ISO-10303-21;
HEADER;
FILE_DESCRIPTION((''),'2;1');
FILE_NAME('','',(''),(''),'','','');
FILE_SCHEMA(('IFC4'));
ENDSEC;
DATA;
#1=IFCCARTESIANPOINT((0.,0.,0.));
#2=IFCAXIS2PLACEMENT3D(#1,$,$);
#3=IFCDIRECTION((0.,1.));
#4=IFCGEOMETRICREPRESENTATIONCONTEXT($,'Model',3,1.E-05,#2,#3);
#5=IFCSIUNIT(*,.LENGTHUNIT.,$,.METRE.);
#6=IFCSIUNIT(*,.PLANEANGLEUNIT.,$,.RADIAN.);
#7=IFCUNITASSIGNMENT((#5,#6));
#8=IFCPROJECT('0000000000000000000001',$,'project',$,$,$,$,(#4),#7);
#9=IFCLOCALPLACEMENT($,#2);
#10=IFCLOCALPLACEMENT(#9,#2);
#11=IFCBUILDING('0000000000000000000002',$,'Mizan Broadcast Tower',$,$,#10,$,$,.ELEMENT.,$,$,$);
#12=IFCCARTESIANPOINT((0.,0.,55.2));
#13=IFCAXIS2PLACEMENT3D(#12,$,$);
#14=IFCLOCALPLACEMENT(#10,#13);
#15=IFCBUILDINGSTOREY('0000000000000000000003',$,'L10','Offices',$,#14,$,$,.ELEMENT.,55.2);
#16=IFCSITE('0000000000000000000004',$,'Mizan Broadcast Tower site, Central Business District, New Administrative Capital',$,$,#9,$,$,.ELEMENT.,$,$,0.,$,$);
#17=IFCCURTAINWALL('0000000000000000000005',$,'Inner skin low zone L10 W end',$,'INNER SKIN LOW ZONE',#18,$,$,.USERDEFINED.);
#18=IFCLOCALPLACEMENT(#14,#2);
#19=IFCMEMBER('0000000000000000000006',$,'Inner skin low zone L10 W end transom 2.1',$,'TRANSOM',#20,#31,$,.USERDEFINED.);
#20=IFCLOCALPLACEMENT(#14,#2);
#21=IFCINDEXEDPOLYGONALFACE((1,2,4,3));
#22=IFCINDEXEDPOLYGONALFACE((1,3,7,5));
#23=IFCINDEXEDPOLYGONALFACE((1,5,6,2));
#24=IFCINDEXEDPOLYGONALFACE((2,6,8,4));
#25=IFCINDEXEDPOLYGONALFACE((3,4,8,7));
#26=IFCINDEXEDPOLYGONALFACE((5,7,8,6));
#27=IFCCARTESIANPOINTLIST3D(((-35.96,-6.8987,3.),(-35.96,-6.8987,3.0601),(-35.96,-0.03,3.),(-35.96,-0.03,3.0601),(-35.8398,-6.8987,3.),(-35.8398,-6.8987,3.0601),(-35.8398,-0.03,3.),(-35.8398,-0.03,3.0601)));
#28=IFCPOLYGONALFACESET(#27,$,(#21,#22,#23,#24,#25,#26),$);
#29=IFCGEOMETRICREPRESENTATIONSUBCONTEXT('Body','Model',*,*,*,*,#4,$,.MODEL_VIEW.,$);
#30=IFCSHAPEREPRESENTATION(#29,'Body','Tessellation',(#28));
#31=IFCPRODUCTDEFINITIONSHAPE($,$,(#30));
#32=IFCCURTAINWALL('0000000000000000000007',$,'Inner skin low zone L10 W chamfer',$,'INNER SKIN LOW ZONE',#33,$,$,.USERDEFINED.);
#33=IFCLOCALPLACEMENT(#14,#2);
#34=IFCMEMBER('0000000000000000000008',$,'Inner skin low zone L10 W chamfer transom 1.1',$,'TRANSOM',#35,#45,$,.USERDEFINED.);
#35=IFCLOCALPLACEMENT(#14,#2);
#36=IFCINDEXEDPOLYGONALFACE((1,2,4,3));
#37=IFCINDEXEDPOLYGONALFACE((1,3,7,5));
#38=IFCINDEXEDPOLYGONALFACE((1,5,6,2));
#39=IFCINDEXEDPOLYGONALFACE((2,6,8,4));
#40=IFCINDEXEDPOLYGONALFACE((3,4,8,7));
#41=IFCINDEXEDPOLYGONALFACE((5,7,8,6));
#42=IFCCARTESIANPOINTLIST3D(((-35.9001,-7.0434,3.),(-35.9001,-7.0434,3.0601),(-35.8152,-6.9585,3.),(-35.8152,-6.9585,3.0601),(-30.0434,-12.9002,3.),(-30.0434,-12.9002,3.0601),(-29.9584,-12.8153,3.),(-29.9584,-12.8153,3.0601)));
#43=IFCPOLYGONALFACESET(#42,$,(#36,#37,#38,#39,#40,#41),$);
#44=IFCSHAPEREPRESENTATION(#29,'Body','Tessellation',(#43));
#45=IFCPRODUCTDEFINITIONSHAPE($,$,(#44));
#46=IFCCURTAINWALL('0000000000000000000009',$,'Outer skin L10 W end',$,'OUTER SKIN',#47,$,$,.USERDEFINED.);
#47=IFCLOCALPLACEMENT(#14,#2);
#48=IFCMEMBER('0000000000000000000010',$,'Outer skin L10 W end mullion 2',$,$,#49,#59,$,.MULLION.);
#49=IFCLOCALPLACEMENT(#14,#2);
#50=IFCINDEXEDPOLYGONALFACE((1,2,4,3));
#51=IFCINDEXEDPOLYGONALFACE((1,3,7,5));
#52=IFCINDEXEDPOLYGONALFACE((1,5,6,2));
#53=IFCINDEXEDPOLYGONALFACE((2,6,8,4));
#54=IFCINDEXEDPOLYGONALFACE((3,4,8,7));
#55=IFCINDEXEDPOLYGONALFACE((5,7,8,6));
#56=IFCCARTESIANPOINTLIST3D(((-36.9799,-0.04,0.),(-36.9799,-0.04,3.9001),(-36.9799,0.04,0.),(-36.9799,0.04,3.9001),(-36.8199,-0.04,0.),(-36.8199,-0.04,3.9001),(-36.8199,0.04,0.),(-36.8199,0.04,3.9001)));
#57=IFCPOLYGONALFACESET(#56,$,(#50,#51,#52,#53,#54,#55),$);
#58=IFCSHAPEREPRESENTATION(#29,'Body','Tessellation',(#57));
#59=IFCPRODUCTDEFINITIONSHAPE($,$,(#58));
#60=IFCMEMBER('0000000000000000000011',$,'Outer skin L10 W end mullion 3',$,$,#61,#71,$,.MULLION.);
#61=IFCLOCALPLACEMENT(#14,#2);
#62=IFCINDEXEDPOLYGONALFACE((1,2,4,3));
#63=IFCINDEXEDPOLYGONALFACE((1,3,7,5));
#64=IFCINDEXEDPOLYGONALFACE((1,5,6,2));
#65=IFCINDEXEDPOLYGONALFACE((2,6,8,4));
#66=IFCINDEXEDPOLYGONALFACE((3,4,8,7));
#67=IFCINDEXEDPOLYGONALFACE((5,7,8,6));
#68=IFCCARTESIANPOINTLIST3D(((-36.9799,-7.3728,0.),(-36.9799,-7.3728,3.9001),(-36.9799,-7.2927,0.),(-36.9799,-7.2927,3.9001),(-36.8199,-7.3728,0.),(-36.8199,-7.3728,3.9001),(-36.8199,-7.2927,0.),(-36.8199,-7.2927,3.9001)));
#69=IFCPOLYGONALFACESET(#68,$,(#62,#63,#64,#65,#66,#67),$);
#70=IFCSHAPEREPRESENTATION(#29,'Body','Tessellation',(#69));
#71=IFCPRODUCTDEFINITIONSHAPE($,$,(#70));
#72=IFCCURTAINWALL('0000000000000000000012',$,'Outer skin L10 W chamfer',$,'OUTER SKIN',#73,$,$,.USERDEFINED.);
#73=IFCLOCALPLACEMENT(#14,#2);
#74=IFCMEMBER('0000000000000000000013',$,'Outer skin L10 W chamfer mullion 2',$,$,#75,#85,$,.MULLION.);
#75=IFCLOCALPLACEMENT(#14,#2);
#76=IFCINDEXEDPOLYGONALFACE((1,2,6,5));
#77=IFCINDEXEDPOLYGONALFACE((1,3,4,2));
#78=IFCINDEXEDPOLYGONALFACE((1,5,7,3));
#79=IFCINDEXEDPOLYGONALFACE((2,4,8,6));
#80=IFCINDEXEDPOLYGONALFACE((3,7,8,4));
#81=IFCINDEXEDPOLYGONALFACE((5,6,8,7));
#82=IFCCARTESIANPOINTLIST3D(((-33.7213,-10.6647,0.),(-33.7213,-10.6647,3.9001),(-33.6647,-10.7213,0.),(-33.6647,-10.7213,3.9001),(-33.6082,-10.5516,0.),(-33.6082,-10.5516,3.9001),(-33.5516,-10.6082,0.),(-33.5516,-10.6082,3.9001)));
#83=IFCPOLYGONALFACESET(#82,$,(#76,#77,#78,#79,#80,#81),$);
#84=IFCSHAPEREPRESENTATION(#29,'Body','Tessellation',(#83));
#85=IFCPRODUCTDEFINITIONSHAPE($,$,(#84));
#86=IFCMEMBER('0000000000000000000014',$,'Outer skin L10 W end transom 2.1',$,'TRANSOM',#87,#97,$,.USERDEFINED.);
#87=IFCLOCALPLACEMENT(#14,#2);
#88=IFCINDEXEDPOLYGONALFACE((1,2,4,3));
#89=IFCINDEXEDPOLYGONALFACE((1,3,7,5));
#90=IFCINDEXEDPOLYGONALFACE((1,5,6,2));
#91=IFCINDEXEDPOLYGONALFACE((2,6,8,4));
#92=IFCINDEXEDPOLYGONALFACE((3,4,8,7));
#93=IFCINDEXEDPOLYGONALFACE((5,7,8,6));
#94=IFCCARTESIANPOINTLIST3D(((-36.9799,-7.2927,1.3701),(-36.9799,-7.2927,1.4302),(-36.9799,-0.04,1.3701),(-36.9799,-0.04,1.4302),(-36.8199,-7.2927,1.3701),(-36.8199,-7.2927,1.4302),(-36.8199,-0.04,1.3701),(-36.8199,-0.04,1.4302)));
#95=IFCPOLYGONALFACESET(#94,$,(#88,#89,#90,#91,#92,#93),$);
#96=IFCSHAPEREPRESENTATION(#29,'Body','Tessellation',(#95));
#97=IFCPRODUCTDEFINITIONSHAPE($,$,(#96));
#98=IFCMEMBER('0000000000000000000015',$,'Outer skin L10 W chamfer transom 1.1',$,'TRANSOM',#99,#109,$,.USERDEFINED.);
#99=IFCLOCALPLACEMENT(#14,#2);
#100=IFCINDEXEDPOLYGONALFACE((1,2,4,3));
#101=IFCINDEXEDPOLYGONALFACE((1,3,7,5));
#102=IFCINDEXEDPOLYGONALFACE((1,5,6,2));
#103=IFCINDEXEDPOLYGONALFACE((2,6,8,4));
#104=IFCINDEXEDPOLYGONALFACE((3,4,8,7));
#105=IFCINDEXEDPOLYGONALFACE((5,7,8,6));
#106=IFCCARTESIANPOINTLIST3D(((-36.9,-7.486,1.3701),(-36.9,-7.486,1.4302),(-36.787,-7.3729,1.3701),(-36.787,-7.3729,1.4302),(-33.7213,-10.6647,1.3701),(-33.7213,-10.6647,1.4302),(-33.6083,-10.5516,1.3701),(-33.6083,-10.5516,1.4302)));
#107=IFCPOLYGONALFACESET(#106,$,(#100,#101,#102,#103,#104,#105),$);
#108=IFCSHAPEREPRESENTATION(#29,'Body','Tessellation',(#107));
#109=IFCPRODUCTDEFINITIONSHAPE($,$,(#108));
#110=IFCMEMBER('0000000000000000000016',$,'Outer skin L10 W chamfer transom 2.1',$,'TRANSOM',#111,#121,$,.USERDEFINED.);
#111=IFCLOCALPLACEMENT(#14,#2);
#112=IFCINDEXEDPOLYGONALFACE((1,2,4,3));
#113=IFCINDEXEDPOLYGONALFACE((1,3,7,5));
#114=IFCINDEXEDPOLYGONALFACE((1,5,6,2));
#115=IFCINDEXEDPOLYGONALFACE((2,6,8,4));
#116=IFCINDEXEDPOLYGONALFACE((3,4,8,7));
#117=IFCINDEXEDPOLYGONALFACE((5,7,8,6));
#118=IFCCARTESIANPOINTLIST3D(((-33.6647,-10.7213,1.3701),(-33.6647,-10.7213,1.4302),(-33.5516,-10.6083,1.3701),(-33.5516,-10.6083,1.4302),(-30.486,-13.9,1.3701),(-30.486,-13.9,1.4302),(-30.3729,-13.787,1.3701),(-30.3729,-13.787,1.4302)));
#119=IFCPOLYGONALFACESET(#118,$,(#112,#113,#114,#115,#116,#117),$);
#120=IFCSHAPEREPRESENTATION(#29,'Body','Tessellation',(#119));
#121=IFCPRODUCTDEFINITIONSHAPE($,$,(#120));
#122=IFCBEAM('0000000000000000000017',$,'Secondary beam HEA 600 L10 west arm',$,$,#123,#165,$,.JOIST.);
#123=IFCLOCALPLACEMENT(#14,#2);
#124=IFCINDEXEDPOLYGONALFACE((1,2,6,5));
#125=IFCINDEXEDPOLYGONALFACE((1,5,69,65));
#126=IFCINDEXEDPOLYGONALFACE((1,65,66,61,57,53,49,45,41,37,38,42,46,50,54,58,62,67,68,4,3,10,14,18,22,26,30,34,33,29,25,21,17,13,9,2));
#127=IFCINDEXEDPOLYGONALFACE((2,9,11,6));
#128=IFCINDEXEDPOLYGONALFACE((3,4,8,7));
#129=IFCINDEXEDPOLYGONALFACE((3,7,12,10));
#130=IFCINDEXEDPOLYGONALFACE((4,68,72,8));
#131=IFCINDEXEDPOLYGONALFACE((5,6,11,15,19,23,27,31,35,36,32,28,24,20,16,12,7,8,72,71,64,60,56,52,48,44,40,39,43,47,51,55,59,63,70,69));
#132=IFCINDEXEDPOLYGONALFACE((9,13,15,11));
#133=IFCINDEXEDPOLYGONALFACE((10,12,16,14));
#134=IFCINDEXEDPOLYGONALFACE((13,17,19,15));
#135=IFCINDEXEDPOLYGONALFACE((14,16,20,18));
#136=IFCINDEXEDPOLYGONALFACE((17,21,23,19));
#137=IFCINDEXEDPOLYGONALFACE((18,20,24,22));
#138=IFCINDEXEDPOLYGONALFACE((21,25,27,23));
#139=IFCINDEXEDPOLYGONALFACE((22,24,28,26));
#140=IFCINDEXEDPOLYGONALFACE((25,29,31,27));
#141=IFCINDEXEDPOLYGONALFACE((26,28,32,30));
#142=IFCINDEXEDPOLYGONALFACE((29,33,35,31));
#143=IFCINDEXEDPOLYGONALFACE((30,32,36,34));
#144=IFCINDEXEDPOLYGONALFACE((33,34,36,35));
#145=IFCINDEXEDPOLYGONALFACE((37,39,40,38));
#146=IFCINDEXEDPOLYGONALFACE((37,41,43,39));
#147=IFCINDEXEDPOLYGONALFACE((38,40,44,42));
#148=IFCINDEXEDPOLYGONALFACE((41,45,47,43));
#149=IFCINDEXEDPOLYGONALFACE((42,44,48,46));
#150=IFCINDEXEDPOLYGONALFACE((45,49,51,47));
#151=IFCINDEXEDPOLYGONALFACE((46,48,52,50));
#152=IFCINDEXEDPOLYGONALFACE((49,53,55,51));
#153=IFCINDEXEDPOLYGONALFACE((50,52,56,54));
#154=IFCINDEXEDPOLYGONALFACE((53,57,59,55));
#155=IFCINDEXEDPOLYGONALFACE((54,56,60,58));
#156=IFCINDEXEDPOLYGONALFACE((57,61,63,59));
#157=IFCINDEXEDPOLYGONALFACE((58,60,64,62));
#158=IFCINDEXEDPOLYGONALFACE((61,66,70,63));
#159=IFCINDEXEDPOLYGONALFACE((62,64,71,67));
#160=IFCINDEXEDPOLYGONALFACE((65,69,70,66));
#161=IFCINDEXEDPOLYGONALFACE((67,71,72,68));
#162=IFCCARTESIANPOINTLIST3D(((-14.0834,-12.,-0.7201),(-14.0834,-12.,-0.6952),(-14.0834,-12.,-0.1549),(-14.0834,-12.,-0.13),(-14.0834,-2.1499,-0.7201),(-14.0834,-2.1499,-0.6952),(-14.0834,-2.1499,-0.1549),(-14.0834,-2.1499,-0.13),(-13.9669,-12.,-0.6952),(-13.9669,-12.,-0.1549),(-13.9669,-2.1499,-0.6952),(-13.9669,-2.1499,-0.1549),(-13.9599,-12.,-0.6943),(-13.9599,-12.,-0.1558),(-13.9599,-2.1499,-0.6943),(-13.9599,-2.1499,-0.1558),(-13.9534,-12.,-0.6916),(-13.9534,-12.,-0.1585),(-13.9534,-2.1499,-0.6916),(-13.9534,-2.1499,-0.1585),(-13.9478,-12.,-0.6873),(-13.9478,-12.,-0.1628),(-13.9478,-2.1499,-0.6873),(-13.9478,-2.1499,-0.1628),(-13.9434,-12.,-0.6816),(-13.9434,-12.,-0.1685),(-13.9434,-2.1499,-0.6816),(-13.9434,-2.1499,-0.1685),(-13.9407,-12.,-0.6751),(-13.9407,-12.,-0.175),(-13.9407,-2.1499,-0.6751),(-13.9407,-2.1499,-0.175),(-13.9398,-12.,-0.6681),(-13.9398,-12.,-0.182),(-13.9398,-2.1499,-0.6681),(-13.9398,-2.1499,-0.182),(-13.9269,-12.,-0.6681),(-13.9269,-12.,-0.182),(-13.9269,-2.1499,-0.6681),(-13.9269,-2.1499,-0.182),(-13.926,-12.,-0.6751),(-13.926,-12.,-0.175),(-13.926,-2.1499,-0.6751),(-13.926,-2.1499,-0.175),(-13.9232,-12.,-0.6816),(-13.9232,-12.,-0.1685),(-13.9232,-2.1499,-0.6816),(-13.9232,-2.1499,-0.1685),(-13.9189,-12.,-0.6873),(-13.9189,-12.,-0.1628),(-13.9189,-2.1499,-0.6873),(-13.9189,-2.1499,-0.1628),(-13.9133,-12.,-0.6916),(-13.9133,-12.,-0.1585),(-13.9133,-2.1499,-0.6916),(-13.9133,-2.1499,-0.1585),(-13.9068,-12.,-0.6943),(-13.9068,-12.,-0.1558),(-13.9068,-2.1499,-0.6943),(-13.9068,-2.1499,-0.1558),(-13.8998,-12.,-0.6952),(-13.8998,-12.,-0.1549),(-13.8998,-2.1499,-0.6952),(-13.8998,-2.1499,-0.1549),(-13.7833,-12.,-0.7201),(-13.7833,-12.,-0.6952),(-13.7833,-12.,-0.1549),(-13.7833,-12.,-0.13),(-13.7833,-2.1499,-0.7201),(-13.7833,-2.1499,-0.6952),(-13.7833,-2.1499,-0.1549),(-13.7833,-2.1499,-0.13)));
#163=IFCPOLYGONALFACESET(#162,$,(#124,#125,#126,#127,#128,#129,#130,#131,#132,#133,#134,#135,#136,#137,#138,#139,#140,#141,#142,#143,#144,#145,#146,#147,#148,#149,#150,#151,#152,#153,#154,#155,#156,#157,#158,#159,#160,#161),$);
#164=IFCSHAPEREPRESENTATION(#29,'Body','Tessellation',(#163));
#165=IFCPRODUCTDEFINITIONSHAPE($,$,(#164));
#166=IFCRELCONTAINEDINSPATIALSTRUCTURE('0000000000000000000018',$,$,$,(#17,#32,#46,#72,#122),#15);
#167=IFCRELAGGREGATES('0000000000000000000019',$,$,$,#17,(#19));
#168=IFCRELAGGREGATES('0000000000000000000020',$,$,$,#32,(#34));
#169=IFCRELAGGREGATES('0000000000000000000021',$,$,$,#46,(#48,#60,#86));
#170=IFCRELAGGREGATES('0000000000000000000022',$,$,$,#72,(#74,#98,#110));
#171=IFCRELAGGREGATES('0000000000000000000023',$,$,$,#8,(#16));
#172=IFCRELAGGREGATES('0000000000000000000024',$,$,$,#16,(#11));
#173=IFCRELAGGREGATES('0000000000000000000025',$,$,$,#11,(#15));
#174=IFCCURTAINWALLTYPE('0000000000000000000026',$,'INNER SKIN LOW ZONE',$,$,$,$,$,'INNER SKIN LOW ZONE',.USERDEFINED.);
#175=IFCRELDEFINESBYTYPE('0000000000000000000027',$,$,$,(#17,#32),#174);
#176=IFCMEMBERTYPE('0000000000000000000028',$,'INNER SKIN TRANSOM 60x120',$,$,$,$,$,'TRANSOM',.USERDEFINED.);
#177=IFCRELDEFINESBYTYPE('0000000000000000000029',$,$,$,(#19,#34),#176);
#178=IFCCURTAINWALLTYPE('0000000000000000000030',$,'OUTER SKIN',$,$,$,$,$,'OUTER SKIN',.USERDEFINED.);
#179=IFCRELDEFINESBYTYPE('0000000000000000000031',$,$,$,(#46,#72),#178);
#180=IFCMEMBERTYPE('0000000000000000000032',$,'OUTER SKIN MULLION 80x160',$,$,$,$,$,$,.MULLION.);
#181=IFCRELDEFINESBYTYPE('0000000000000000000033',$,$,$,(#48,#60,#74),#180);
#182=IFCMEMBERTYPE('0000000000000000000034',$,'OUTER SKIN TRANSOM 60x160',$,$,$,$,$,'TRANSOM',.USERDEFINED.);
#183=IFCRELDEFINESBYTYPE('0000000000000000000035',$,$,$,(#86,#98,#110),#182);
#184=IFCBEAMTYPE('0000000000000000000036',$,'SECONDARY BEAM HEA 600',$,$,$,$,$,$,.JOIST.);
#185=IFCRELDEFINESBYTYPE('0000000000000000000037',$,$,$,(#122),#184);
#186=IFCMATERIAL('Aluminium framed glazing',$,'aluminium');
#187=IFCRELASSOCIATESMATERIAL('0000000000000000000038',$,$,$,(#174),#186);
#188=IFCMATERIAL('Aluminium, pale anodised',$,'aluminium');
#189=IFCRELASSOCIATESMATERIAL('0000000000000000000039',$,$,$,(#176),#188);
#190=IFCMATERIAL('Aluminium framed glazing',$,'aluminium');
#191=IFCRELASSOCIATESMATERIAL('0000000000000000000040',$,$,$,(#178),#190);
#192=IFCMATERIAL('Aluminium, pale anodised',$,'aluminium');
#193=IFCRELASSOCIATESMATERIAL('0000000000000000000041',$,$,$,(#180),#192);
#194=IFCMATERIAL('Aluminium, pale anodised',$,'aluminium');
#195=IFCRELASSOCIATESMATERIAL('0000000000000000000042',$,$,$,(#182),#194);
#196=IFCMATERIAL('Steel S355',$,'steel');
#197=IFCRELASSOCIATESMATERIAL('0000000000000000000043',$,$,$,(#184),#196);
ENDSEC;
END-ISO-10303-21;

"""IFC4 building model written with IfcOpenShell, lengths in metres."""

from ifc_helpers import new_model, si_unit, direction, frame, origin, origin_2d, place, context, subcontext, project, spatial, rectangle, i_section, extrude, material, material_profile, profile_set, type_object, element, aggregate, save


model = new_model("IFC4")

# Units and contexts
model_context = context("Model", 3, precision=1e-05, world=origin(), true_north=direction((0.0, 1.0)))
body_context = subcontext(model_context, "Body", "Model", "MODEL_VIEW")
ifc_project = project(units=[si_unit("LENGTHUNIT", "METRE"), si_unit("PLANEANGLEUNIT", "RADIAN")], contexts=[model_context])

# Site, building, storey
site_placement = place(None, origin())
site = spatial("IfcSite", under=ifc_project, at=site_placement, Name="Mizan Broadcast Tower site, Central Business District, New Administrative Capital", CompositionType="ELEMENT", RefElevation=0.0)
building_placement = place(site_placement, origin())
building = spatial("IfcBuilding", under=site, at=building_placement, Name="Mizan Broadcast Tower", CompositionType="ELEMENT")
storey_placement = place(building_placement, frame((0.0, 0.0, 55.2)))
storey = spatial("IfcBuildingStorey", under=building, at=storey_placement, Name="L10", Description="Offices", CompositionType="ELEMENT", Elevation=55.2)

# Curtain wall, member
ifc_material_1 = material(Name="Aluminium framed glazing", Category="aluminium")
curtain_wall_type_1 = type_object("IfcCurtainWallType", Name="INNER SKIN LOW ZONE", ElementType="INNER SKIN LOW ZONE", PredefinedType="USERDEFINED", material=ifc_material_1)
curtain_wall_1_placement = place(storey_placement, origin())
curtain_wall_1 = element("IfcCurtainWall", 1, at=curtain_wall_1_placement, inside=storey, type_object=curtain_wall_type_1, Name="Inner skin low zone L10 W end", ObjectType="INNER SKIN LOW ZONE", PredefinedType="USERDEFINED")
ifc_material_2 = material(Name="Aluminium, pale anodised", Category="aluminium")
ifc_material_profile_1 = material_profile(ifc_material_2, rectangle(XDim=0.1201, YDim=0.0601, at=origin_2d()), Name="TRANSOM 120x60")
ifc_profile_set_1 = profile_set([ifc_material_profile_1], Name="Aluminium, pale anodised")
member_type_1 = type_object("IfcMemberType", Name="INNER SKIN TRANSOM 60x120", ElementType="TRANSOM", PredefinedType="USERDEFINED", material=ifc_profile_set_1)
member_1_placement = place(storey_placement, frame((-35.8999, -0.03, 3.03), z_axis=(0.0, -1.0, 0.0), x_axis=(1.0, 0.0, 0.0)))
member_1 = element("IfcMember", 2, at=member_1_placement, type_object=member_type_1, Name="Inner skin low zone L10 W end transom 2.1", ObjectType="TRANSOM", PredefinedType="USERDEFINED", context=body_context, shape_type="SweptSolid", body=[
    extrude(rectangle(XDim=0.1201, YDim=0.0601, at=origin_2d()), origin(), (0.0, 0.0, 1.0), 6.8687),
])

# Curtain wall, member
curtain_wall_2_placement = place(storey_placement, origin())
curtain_wall_2 = element("IfcCurtainWall", 3, at=curtain_wall_2_placement, inside=storey, type_object=curtain_wall_type_1, Name="Inner skin low zone L10 W chamfer", ObjectType="INNER SKIN LOW ZONE", PredefinedType="USERDEFINED")
member_2_placement = place(storey_placement, frame((-35.8577, -7.001, 3.03), z_axis=(0.707107, -0.707107, 0.0), x_axis=(0.707107, 0.707107, 0.0)))
member_2 = element("IfcMember", 4, at=member_2_placement, type_object=member_type_1, Name="Inner skin low zone L10 W chamfer transom 1.1", ObjectType="TRANSOM", PredefinedType="USERDEFINED", context=body_context, shape_type="SweptSolid", body=[
    extrude(rectangle(XDim=0.1201, YDim=0.0601, at=origin_2d()), origin(), (0.0, 0.0, 1.0), 8.2827),
])

# Curtain wall, members
ifc_material_3 = material(Name="Aluminium framed glazing", Category="aluminium")
curtain_wall_type_2 = type_object("IfcCurtainWallType", Name="OUTER SKIN", ElementType="OUTER SKIN", PredefinedType="USERDEFINED", material=ifc_material_3)
curtain_wall_3_placement = place(storey_placement, origin())
curtain_wall_3 = element("IfcCurtainWall", 5, at=curtain_wall_3_placement, inside=storey, type_object=curtain_wall_type_2, Name="Outer skin L10 W end", ObjectType="OUTER SKIN", PredefinedType="USERDEFINED")
ifc_material_4 = material(Name="Aluminium, pale anodised", Category="aluminium")
ifc_material_profile_2 = material_profile(ifc_material_4, rectangle(XDim=0.1599, YDim=0.0801, at=origin_2d()), Name="MULLION 160x80")
ifc_profile_set_2 = profile_set([ifc_material_profile_2], Name="Aluminium, pale anodised")
member_type_2 = type_object("IfcMemberType", Name="OUTER SKIN MULLION 80x160", PredefinedType="MULLION", material=ifc_profile_set_2)
member_3_placement = place(storey_placement, frame((-36.8999, 0.0, 0.0), z_axis=(0.0, 0.0, 1.0), x_axis=(1.0, 0.0, 0.0)))
member_3 = element("IfcMember", 6, at=member_3_placement, type_object=member_type_2, Name="Outer skin L10 W end mullion 2", PredefinedType="MULLION", context=body_context, shape_type="SweptSolid", body=[
    extrude(rectangle(XDim=0.1599, YDim=0.0801, at=origin_2d()), origin(), (0.0, 0.0, 1.0), 3.9001),
])
member_4_placement = place(storey_placement, frame((-36.8999, -7.3328, 0.0), z_axis=(0.0, 0.0, 1.0), x_axis=(1.0, 0.0, 0.0)))
member_4 = element("IfcMember", 7, at=member_4_placement, type_object=member_type_2, Name="Outer skin L10 W end mullion 3", PredefinedType="MULLION", context=body_context, shape_type="SweptSolid", body=[
    extrude(rectangle(XDim=0.1599, YDim=0.0801, at=origin_2d()), origin(), (0.0, 0.0, 1.0), 3.9001),
])

# Curtain wall, member
curtain_wall_4_placement = place(storey_placement, origin())
curtain_wall_4 = element("IfcCurtainWall", 8, at=curtain_wall_4_placement, inside=storey, type_object=curtain_wall_type_2, Name="Outer skin L10 W chamfer", ObjectType="OUTER SKIN", PredefinedType="USERDEFINED")
member_5_placement = place(storey_placement, frame((-33.6365, -10.6365, 0.0), z_axis=(0.0, 0.0, 1.0), x_axis=(0.707107, 0.707107, 0.0)))
member_5 = element("IfcMember", 9, at=member_5_placement, type_object=member_type_2, Name="Outer skin L10 W chamfer mullion 2", PredefinedType="MULLION", context=body_context, shape_type="SweptSolid", body=[
    extrude(rectangle(XDim=0.1599, YDim=0.0801, at=origin_2d()), origin(), (0.0, 0.0, 1.0), 3.9001),
])

# Members
ifc_material_5 = material(Name="Aluminium, pale anodised", Category="aluminium")
ifc_material_profile_3 = material_profile(ifc_material_5, rectangle(XDim=0.1599, YDim=0.0601, at=origin_2d()), Name="TRANSOM 160x60")
ifc_profile_set_3 = profile_set([ifc_material_profile_3], Name="Aluminium, pale anodised")
member_type_3 = type_object("IfcMemberType", Name="OUTER SKIN TRANSOM 60x160", ElementType="TRANSOM", PredefinedType="USERDEFINED", material=ifc_profile_set_3)
member_6_placement = place(storey_placement, frame((-36.8999, -0.04, 1.4001), z_axis=(0.0, -1.0, 0.0), x_axis=(1.0, 0.0, 0.0)))
member_6 = element("IfcMember", 10, at=member_6_placement, type_object=member_type_3, Name="Outer skin L10 W end transom 2.1", ObjectType="TRANSOM", PredefinedType="USERDEFINED", context=body_context, shape_type="SweptSolid", body=[
    extrude(rectangle(XDim=0.1599, YDim=0.0601, at=origin_2d()), origin(), (0.0, 0.0, 1.0), 7.2527),
])
member_7_placement = place(storey_placement, frame((-36.8435, -7.4294, 1.4001), z_axis=(0.707107, -0.707107, 0.0), x_axis=(0.707107, 0.707107, 0.0)))
member_7 = element("IfcMember", 11, at=member_7_placement, type_object=member_type_3, Name="Outer skin L10 W chamfer transom 1.1", ObjectType="TRANSOM", PredefinedType="USERDEFINED", context=body_context, shape_type="SweptSolid", body=[
    extrude(rectangle(XDim=0.1599, YDim=0.0601, at=origin_2d()), origin(), (0.0, 0.0, 1.0), 4.4954),
])
member_8_placement = place(storey_placement, frame((-33.6082, -10.6648, 1.4001), z_axis=(0.707107, -0.707107, 0.0), x_axis=(0.707107, 0.707107, 0.0)))
member_8 = element("IfcMember", 12, at=member_8_placement, type_object=member_type_3, Name="Outer skin L10 W chamfer transom 2.1", ObjectType="TRANSOM", PredefinedType="USERDEFINED", context=body_context, shape_type="SweptSolid", body=[
    extrude(rectangle(XDim=0.1599, YDim=0.0601, at=origin_2d()), origin(), (0.0, 0.0, 1.0), 4.4954),
])

# Beam
ifc_material_6 = material(Name="Steel S355", Category="steel")
ifc_material_profile_4 = material_profile(ifc_material_6, i_section(OverallWidth=0.3, OverallDepth=0.5901, WebThickness=0.0129, FlangeThickness=0.0249, FilletRadius=0.0271, at=origin_2d()), Name="HEA 600")
ifc_profile_set_4 = profile_set([ifc_material_profile_4], Name="Steel S355")
beam_type_1 = type_object("IfcBeamType", Name="SECONDARY BEAM HEA 600", PredefinedType="JOIST", material=ifc_profile_set_4)
for number, where, z_axis, x_axis, name in (
    (13, (-13.9333, -12.0, -0.425), (0.0, 1.0, 0.0), (-1.0, 0.0, 0.0), "Secondary beam HEA 600 L10 west arm"),
):
    element("IfcBeam", number, at=place(storey_placement, frame(where, z_axis=z_axis, x_axis=x_axis)), inside=storey, type_object=beam_type_1, Name=name, PredefinedType="JOIST", context=body_context, shape_type="SweptSolid", body=[
        extrude(i_section(OverallWidth=0.3, OverallDepth=0.5901, WebThickness=0.0129, FlangeThickness=0.0249, FilletRadius=0.0271, at=origin_2d()), origin(), (0.0, 0.0, 1.0), 9.8501),
    ])

aggregate(curtain_wall_1, [member_1])
aggregate(curtain_wall_2, [member_2])
aggregate(curtain_wall_3, [member_3, member_4, member_6])
aggregate(curtain_wall_4, [member_5, member_7, member_8])

save(model, "model.ifc")
